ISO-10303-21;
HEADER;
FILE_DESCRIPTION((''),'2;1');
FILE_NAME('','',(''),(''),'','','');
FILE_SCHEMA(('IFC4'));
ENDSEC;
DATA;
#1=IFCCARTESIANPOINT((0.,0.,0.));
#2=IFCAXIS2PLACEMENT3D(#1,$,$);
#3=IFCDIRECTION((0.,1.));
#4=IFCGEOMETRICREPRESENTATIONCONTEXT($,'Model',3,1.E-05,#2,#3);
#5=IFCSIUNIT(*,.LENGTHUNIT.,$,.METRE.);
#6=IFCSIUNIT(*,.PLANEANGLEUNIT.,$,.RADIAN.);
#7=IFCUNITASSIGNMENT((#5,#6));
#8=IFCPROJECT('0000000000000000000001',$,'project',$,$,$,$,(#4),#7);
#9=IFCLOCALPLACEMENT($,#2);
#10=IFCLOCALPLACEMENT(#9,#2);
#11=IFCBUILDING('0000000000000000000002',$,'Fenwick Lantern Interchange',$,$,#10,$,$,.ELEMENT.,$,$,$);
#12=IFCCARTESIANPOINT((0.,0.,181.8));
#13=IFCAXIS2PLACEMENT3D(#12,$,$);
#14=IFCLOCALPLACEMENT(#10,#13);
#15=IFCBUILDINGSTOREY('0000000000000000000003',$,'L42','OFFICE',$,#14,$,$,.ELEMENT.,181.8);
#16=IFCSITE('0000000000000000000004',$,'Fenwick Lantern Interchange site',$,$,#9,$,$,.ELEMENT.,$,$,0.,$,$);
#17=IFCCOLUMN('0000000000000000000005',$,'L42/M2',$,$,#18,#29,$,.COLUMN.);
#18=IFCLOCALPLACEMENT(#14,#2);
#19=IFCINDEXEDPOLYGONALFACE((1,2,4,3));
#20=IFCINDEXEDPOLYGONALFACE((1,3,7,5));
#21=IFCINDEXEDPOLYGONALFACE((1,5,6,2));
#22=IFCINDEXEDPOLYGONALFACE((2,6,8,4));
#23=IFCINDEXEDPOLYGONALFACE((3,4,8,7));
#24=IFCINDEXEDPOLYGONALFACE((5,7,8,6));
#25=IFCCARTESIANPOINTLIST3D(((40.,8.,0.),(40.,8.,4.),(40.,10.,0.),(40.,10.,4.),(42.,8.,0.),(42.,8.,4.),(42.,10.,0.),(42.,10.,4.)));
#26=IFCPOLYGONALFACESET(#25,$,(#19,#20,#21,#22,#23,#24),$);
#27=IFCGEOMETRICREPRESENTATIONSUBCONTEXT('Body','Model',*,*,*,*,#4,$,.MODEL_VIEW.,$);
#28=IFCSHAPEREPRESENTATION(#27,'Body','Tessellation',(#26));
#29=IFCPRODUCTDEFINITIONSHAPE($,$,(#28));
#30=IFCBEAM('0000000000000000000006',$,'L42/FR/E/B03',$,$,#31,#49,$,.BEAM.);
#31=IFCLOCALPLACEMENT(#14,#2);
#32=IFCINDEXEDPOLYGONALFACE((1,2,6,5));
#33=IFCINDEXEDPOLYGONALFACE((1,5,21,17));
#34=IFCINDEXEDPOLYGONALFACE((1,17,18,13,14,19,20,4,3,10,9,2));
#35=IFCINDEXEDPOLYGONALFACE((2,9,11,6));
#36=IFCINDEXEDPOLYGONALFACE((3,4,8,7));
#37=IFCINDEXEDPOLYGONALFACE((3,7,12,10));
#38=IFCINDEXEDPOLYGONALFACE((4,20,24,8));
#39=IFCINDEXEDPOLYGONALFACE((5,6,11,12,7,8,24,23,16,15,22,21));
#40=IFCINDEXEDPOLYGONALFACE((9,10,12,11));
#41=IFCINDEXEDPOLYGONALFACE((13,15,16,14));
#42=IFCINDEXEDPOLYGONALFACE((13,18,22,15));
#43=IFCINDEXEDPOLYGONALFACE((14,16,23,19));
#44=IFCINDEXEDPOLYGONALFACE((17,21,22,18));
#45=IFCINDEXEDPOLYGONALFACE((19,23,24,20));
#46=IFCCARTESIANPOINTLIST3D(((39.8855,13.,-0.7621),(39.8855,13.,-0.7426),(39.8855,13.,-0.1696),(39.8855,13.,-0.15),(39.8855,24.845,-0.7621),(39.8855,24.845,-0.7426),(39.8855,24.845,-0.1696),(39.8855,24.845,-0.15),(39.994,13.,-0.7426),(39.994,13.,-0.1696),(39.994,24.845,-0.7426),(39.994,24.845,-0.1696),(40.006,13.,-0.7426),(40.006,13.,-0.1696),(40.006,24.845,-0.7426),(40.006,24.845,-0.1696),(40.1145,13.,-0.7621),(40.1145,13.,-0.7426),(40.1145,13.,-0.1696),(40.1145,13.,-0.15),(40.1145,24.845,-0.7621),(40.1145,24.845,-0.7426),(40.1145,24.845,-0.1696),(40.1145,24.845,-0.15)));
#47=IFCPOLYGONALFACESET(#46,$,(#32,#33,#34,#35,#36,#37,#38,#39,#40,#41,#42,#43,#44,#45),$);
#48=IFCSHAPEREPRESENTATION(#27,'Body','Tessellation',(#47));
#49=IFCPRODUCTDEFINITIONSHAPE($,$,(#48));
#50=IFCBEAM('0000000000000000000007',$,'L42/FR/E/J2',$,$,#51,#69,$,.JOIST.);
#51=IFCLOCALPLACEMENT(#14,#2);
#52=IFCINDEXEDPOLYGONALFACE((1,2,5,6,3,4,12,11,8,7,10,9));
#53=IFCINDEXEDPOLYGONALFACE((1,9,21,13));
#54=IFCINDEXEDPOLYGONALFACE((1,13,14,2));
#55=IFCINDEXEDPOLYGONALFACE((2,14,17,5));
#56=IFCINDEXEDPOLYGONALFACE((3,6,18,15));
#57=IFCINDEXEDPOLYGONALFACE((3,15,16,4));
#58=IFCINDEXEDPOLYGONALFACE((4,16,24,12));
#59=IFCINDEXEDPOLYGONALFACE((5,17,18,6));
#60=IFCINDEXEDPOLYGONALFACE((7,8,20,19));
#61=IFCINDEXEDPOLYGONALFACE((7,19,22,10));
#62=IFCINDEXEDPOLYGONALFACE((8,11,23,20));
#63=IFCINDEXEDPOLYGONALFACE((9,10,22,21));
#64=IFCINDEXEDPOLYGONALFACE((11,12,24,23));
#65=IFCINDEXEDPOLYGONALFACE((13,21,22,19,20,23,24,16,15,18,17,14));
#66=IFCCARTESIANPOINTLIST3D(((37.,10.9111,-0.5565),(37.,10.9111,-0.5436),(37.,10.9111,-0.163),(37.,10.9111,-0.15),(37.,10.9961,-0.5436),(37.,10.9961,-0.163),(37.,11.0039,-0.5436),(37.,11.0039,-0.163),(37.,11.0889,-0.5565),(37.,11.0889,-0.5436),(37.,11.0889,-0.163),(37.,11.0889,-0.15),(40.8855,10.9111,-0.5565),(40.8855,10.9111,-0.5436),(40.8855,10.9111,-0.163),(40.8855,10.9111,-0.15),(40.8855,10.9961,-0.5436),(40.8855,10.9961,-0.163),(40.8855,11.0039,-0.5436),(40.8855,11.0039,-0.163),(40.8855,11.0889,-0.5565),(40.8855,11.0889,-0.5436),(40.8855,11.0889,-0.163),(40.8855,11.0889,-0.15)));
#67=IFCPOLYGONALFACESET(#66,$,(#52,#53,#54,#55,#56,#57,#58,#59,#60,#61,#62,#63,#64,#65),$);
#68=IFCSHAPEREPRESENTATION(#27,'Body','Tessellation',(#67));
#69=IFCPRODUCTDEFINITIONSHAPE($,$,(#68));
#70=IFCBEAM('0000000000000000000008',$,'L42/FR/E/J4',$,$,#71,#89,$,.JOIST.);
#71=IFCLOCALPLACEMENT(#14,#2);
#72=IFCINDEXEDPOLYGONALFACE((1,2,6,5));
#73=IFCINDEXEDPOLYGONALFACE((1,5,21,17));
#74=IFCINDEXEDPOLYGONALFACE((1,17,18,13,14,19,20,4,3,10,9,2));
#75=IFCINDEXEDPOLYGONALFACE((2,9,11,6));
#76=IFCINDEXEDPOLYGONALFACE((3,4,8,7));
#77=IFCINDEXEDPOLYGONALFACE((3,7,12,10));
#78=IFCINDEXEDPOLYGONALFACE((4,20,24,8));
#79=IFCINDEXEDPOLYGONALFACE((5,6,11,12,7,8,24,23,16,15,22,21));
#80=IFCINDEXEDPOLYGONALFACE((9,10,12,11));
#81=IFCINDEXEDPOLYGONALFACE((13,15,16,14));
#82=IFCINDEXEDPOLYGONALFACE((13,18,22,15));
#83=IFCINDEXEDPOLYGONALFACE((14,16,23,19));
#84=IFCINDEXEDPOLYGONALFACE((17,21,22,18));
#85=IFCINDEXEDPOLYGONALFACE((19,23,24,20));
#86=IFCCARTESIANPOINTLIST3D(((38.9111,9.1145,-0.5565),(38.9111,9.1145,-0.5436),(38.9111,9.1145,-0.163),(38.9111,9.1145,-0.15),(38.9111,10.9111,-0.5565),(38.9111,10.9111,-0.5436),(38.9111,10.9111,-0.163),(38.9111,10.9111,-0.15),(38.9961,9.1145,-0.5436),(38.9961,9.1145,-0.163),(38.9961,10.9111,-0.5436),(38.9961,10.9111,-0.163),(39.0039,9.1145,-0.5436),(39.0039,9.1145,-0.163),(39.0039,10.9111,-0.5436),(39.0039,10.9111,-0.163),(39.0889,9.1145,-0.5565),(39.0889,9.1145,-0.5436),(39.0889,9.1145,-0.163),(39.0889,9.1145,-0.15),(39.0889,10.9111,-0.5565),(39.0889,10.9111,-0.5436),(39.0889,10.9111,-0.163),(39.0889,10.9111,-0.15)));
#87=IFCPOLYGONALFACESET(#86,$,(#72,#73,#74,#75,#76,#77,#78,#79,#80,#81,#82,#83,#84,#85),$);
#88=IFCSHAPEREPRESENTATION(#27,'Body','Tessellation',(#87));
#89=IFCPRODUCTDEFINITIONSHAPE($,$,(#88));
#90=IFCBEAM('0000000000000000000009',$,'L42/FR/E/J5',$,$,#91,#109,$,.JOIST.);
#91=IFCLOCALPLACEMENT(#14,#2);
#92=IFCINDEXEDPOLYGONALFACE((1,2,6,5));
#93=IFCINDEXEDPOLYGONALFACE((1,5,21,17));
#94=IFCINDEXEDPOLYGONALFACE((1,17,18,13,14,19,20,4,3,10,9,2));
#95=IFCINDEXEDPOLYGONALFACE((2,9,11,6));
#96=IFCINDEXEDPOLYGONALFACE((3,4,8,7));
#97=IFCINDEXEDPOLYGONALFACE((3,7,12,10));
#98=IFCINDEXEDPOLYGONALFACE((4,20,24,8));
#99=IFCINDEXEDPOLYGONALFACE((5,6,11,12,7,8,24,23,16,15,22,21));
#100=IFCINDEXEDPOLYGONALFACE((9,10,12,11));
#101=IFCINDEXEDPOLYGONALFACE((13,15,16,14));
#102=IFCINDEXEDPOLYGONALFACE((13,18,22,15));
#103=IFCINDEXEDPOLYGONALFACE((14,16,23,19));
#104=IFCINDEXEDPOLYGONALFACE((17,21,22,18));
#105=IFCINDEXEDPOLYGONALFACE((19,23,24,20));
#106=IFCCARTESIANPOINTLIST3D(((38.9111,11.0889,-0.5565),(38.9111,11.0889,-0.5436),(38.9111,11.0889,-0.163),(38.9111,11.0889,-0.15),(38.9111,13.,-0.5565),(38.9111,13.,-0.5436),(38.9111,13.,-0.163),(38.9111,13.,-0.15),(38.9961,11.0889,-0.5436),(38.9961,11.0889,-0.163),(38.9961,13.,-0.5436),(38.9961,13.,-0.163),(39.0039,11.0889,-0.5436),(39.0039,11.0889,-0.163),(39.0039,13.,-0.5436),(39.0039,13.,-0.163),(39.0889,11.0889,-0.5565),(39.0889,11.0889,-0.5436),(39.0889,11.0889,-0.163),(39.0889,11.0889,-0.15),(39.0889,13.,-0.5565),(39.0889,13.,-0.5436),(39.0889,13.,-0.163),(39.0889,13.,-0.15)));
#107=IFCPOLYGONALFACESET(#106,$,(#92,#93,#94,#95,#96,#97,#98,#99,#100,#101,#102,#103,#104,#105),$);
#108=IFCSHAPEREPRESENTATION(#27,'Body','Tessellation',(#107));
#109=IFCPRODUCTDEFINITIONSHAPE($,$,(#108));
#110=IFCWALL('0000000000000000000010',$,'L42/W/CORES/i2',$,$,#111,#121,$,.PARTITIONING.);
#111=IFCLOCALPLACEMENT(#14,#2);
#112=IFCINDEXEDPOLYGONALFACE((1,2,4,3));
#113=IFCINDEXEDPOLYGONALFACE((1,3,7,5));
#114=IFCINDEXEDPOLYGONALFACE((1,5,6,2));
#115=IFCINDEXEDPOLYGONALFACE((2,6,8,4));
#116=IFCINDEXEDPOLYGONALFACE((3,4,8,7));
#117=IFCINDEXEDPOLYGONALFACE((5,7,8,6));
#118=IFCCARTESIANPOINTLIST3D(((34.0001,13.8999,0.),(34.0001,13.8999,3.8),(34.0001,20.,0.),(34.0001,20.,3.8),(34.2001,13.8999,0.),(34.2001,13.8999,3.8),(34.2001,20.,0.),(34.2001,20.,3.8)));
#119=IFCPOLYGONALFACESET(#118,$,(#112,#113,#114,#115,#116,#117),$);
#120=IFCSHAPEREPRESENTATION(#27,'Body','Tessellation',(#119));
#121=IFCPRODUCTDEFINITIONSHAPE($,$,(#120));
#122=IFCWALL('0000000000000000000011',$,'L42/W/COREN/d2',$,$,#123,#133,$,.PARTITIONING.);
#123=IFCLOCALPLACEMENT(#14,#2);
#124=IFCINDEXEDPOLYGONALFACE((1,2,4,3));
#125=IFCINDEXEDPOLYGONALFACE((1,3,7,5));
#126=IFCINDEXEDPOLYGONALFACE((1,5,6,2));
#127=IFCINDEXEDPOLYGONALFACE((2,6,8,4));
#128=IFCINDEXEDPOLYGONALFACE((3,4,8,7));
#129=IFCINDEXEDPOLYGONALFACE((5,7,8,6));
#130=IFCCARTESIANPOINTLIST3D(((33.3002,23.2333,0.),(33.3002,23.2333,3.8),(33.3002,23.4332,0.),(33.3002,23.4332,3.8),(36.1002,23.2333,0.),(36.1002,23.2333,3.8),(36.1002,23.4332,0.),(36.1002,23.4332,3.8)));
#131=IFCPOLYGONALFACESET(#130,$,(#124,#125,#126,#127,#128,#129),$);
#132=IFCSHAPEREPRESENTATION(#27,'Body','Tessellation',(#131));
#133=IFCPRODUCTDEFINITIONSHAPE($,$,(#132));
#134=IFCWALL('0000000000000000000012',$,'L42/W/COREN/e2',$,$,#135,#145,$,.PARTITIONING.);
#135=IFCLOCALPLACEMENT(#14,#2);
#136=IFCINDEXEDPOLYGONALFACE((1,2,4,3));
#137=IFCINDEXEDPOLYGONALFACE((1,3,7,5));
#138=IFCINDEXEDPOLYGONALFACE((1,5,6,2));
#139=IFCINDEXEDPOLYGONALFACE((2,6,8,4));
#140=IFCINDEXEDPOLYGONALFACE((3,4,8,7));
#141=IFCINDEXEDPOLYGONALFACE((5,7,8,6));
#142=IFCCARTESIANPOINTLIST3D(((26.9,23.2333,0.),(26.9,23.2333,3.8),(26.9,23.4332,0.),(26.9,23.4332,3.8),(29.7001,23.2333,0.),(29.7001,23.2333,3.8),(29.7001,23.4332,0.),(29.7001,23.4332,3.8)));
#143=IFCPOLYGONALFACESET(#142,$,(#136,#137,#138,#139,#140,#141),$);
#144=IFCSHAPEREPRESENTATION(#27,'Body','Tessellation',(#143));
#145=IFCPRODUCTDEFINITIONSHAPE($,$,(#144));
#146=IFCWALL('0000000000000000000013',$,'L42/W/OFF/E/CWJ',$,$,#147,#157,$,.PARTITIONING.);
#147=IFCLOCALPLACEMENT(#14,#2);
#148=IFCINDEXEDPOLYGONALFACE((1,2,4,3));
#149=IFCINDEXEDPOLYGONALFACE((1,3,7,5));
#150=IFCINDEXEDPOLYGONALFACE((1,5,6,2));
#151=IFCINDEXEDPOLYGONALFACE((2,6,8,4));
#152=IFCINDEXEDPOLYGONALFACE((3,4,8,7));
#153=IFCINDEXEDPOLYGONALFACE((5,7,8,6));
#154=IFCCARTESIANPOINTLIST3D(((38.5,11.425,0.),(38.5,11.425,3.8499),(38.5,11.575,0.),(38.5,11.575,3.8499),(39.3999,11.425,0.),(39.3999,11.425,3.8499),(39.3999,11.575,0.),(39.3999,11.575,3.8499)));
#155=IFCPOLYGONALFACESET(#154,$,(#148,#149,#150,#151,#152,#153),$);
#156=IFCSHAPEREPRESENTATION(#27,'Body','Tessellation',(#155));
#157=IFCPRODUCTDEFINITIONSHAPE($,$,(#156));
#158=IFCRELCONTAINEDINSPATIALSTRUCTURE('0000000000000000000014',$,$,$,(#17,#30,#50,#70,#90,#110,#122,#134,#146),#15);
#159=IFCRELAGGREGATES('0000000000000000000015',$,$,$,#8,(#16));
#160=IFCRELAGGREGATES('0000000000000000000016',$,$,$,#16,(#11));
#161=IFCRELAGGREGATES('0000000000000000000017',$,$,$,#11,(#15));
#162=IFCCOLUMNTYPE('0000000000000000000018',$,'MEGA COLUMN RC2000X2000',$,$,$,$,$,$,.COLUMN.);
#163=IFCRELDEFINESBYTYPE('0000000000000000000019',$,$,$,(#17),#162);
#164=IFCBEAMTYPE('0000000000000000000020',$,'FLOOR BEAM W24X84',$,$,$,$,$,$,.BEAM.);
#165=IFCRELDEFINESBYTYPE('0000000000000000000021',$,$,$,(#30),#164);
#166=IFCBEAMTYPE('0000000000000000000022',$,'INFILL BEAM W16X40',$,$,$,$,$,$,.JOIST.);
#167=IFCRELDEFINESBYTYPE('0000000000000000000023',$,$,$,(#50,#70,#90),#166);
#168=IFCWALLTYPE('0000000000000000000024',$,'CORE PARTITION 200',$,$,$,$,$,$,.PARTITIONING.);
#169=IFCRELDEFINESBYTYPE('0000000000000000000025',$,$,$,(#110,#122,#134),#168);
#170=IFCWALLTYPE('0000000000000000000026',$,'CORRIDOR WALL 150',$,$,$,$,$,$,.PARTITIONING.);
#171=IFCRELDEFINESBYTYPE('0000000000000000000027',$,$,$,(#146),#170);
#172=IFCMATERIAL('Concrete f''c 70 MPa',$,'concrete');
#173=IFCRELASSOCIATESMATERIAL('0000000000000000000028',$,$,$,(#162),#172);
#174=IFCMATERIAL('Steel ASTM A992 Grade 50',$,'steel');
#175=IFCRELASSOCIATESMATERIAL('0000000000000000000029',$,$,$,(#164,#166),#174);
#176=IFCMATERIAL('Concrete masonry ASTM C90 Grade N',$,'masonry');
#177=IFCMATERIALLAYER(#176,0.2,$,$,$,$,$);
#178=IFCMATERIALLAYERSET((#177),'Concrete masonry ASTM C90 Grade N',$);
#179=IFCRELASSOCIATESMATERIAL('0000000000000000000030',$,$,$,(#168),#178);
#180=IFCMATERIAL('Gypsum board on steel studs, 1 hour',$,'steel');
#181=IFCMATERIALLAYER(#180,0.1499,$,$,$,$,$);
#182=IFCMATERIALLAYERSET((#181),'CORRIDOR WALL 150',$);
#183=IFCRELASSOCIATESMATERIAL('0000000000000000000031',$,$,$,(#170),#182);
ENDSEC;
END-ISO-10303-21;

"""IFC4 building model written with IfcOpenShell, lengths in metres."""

from ifc_helpers import new_model, si_unit, direction, frame, frame_2d, origin, origin_2d, place, context, subcontext, project, spatial, rectangle, i_section, extrude, material, layer, layer_set, material_profile, profile_set, type_object, element, save


model = new_model("IFC4")

# Units and contexts
model_context = context("Model", 3, precision=1e-05, world=origin(), true_north=direction((0.0, 1.0)))
body_context = subcontext(model_context, "Body", "Model", "MODEL_VIEW")
ifc_project = project(units=[si_unit("LENGTHUNIT", "METRE"), si_unit("PLANEANGLEUNIT", "RADIAN")], contexts=[model_context])

# Site, building, storey
site_placement = place(None, origin())
site = spatial("IfcSite", under=ifc_project, at=site_placement, Name="Fenwick Lantern Interchange site", CompositionType="ELEMENT", RefElevation=0.0)
building_placement = place(site_placement, origin())
building = spatial("IfcBuilding", under=site, at=building_placement, Name="Fenwick Lantern Interchange", CompositionType="ELEMENT")
storey_placement = place(building_placement, frame((0.0, 0.0, 181.8)))
storey = spatial("IfcBuildingStorey", under=building, at=storey_placement, Name="L42", Description="OFFICE", CompositionType="ELEMENT", Elevation=181.8)

# Column
ifc_material_1 = material(Name="Concrete f'c 70 MPa", Category="concrete")
ifc_material_profile_1 = material_profile(ifc_material_1, rectangle(XDim=2.0, YDim=2.0, at=origin_2d()), Name="RC2000X2000")
ifc_profile_set_1 = profile_set([ifc_material_profile_1], Name="Concrete f'c 70 MPa")
column_type = type_object("IfcColumnType", Name="MEGA COLUMN RC2000X2000", PredefinedType="COLUMN", material=ifc_profile_set_1)
column_placement = place(storey_placement, frame((41.0, 9.0, 0.0), z_axis=(0.0, 0.0, 1.0), x_axis=(1.0, 0.0, 0.0)))
element("IfcColumn", 1, at=column_placement, inside=storey, type_object=column_type, Name="L42/M2", PredefinedType="COLUMN", context=body_context, shape_type="SweptSolid", body=[
    extrude(rectangle(XDim=2.0, YDim=2.0, at=origin_2d()), origin(), (0.0, 0.0, 1.0), 4.0),
])

# Beams
ifc_material_2 = material(Name="Steel ASTM A992 Grade 50", Category="steel")
ifc_material_profile_2 = material_profile(ifc_material_2, i_section(OverallWidth=0.229, OverallDepth=0.6121, WebThickness=0.012, FlangeThickness=0.0195, at=origin_2d()), Name="W24X84")
ifc_profile_set_2 = profile_set([ifc_material_profile_2], Name="Steel ASTM A992 Grade 50")
beam_type_1 = type_object("IfcBeamType", Name="FLOOR BEAM W24X84", PredefinedType="BEAM", material=ifc_profile_set_2)
beam_1_placement = place(storey_placement, frame((40.0, 13.0, -0.4561), z_axis=(0.0, 1.0, 0.0), x_axis=(-1.0, 0.0, 0.0)))
element("IfcBeam", 2, at=beam_1_placement, inside=storey, type_object=beam_type_1, Name="L42/FR/E/B03", PredefinedType="BEAM", context=body_context, shape_type="SweptSolid", body=[
    extrude(i_section(OverallWidth=0.229, OverallDepth=0.6121, WebThickness=0.012, FlangeThickness=0.0195, at=origin_2d()), origin(), (0.0, 0.0, 1.0), 11.845),
])
ifc_material_profile_3 = material_profile(ifc_material_2, i_section(OverallWidth=0.1777, OverallDepth=0.4065, WebThickness=0.0078, FlangeThickness=0.0129, at=origin_2d()), Name="W16X40")
ifc_profile_set_3 = profile_set([ifc_material_profile_3], Name="Steel ASTM A992 Grade 50")
beam_type_2 = type_object("IfcBeamType", Name="INFILL BEAM W16X40", PredefinedType="JOIST", material=ifc_profile_set_3)
beam_2_placement = place(storey_placement, frame((40.8855, 11.0, -0.3533), z_axis=(-1.0, 0.0, 0.0), x_axis=(0.0, -1.0, 0.0)))
element("IfcBeam", 3, at=beam_2_placement, inside=storey, type_object=beam_type_2, Name="L42/FR/E/J2", PredefinedType="JOIST", context=body_context, shape_type="SweptSolid", body=[
    extrude(i_section(OverallWidth=0.1777, OverallDepth=0.4065, WebThickness=0.0078, FlangeThickness=0.0129, at=origin_2d()), origin(), (0.0, 0.0, 1.0), 3.8855),
])
beam_3_placement = place(storey_placement, frame((39.0, 9.1145, -0.3533), z_axis=(0.0, 1.0, 0.0), x_axis=(-1.0, 0.0, 0.0)))
element("IfcBeam", 4, at=beam_3_placement, inside=storey, type_object=beam_type_2, Name="L42/FR/E/J4", PredefinedType="JOIST", context=body_context, shape_type="SweptSolid", body=[
    extrude(i_section(OverallWidth=0.1777, OverallDepth=0.4065, WebThickness=0.0078, FlangeThickness=0.0129, at=origin_2d()), origin(), (0.0, 0.0, 1.0), 1.7966),
])
beam_4_placement = place(storey_placement, frame((39.0, 11.0889, -0.3533), z_axis=(0.0, 1.0, 0.0), x_axis=(-1.0, 0.0, 0.0)))
element("IfcBeam", 5, at=beam_4_placement, inside=storey, type_object=beam_type_2, Name="L42/FR/E/J5", PredefinedType="JOIST", context=body_context, shape_type="SweptSolid", body=[
    extrude(i_section(OverallWidth=0.1777, OverallDepth=0.4065, WebThickness=0.0078, FlangeThickness=0.0129, at=origin_2d()), origin(), (0.0, 0.0, 1.0), 1.9111),
])

# Walls
ifc_material_3 = material(Name="Concrete masonry ASTM C90 Grade N", Category="masonry")
ifc_layer_1 = layer(ifc_material_3, 0.2)
ifc_layer_set_1 = layer_set([ifc_layer_1], Name="Concrete masonry ASTM C90 Grade N")
wall_type_1 = type_object("IfcWallType", Name="CORE PARTITION 200", PredefinedType="PARTITIONING", material=ifc_layer_set_1)
wall_1_placement = place(storey_placement, frame((34.1001, 13.8999, 0.0), z_axis=(0.0, 0.0, 1.0), x_axis=(0.0, 1.0, 0.0)))
element("IfcWall", 6, at=wall_1_placement, inside=storey, type_object=wall_type_1, Name="L42/W/CORES/i2", PredefinedType="PARTITIONING", context=body_context, shape_type="SweptSolid", body=[
    extrude(rectangle(XDim=6.1001, YDim=0.2, at=frame_2d((3.05, 0.0))), origin(), (0.0, 0.0, 1.0), 3.8),
])
for number, where, z_axis, x_axis, name in (
    (7, (36.1001, 23.3333, 0.0), (0.0, 0.0, 1.0), (-1.0, 0.0, 0.0), "L42/W/COREN/d2"),
    (8, (29.7, 23.3333, 0.0), (0.0, 0.0, 1.0), (-1.0, 0.0, 0.0), "L42/W/COREN/e2"),
):
    element("IfcWall", number, at=place(storey_placement, frame(where, z_axis=z_axis, x_axis=x_axis)), inside=storey, type_object=wall_type_1, Name=name, PredefinedType="PARTITIONING", context=body_context, shape_type="SweptSolid", body=[
        extrude(rectangle(XDim=2.8, YDim=0.2, at=frame_2d((1.3999, 0.0))), origin(), (0.0, 0.0, 1.0), 3.8),
    ])

# Wall
ifc_material_4 = material(Name="Gypsum board on steel studs, 1 hour", Category="steel")
ifc_layer_2 = layer(ifc_material_4, 0.1499)
ifc_layer_set_2 = layer_set([ifc_layer_2], Name="CORRIDOR WALL 150")
wall_type_2 = type_object("IfcWallType", Name="CORRIDOR WALL 150", PredefinedType="PARTITIONING", material=ifc_layer_set_2)
wall_2_placement = place(storey_placement, frame((38.5, 11.5, 0.0), z_axis=(0.0, 0.0, 1.0), x_axis=(1.0, 0.0, 0.0)))
element("IfcWall", 9, at=wall_2_placement, inside=storey, type_object=wall_type_2, Name="L42/W/OFF/E/CWJ", PredefinedType="PARTITIONING", context=body_context, shape_type="SweptSolid", body=[
    extrude(rectangle(XDim=0.8999, YDim=0.1499, at=frame_2d((0.45, 0.0))), origin(), (0.0, 0.0, 1.0), 3.8499),
])

save(model, "model.ifc")
